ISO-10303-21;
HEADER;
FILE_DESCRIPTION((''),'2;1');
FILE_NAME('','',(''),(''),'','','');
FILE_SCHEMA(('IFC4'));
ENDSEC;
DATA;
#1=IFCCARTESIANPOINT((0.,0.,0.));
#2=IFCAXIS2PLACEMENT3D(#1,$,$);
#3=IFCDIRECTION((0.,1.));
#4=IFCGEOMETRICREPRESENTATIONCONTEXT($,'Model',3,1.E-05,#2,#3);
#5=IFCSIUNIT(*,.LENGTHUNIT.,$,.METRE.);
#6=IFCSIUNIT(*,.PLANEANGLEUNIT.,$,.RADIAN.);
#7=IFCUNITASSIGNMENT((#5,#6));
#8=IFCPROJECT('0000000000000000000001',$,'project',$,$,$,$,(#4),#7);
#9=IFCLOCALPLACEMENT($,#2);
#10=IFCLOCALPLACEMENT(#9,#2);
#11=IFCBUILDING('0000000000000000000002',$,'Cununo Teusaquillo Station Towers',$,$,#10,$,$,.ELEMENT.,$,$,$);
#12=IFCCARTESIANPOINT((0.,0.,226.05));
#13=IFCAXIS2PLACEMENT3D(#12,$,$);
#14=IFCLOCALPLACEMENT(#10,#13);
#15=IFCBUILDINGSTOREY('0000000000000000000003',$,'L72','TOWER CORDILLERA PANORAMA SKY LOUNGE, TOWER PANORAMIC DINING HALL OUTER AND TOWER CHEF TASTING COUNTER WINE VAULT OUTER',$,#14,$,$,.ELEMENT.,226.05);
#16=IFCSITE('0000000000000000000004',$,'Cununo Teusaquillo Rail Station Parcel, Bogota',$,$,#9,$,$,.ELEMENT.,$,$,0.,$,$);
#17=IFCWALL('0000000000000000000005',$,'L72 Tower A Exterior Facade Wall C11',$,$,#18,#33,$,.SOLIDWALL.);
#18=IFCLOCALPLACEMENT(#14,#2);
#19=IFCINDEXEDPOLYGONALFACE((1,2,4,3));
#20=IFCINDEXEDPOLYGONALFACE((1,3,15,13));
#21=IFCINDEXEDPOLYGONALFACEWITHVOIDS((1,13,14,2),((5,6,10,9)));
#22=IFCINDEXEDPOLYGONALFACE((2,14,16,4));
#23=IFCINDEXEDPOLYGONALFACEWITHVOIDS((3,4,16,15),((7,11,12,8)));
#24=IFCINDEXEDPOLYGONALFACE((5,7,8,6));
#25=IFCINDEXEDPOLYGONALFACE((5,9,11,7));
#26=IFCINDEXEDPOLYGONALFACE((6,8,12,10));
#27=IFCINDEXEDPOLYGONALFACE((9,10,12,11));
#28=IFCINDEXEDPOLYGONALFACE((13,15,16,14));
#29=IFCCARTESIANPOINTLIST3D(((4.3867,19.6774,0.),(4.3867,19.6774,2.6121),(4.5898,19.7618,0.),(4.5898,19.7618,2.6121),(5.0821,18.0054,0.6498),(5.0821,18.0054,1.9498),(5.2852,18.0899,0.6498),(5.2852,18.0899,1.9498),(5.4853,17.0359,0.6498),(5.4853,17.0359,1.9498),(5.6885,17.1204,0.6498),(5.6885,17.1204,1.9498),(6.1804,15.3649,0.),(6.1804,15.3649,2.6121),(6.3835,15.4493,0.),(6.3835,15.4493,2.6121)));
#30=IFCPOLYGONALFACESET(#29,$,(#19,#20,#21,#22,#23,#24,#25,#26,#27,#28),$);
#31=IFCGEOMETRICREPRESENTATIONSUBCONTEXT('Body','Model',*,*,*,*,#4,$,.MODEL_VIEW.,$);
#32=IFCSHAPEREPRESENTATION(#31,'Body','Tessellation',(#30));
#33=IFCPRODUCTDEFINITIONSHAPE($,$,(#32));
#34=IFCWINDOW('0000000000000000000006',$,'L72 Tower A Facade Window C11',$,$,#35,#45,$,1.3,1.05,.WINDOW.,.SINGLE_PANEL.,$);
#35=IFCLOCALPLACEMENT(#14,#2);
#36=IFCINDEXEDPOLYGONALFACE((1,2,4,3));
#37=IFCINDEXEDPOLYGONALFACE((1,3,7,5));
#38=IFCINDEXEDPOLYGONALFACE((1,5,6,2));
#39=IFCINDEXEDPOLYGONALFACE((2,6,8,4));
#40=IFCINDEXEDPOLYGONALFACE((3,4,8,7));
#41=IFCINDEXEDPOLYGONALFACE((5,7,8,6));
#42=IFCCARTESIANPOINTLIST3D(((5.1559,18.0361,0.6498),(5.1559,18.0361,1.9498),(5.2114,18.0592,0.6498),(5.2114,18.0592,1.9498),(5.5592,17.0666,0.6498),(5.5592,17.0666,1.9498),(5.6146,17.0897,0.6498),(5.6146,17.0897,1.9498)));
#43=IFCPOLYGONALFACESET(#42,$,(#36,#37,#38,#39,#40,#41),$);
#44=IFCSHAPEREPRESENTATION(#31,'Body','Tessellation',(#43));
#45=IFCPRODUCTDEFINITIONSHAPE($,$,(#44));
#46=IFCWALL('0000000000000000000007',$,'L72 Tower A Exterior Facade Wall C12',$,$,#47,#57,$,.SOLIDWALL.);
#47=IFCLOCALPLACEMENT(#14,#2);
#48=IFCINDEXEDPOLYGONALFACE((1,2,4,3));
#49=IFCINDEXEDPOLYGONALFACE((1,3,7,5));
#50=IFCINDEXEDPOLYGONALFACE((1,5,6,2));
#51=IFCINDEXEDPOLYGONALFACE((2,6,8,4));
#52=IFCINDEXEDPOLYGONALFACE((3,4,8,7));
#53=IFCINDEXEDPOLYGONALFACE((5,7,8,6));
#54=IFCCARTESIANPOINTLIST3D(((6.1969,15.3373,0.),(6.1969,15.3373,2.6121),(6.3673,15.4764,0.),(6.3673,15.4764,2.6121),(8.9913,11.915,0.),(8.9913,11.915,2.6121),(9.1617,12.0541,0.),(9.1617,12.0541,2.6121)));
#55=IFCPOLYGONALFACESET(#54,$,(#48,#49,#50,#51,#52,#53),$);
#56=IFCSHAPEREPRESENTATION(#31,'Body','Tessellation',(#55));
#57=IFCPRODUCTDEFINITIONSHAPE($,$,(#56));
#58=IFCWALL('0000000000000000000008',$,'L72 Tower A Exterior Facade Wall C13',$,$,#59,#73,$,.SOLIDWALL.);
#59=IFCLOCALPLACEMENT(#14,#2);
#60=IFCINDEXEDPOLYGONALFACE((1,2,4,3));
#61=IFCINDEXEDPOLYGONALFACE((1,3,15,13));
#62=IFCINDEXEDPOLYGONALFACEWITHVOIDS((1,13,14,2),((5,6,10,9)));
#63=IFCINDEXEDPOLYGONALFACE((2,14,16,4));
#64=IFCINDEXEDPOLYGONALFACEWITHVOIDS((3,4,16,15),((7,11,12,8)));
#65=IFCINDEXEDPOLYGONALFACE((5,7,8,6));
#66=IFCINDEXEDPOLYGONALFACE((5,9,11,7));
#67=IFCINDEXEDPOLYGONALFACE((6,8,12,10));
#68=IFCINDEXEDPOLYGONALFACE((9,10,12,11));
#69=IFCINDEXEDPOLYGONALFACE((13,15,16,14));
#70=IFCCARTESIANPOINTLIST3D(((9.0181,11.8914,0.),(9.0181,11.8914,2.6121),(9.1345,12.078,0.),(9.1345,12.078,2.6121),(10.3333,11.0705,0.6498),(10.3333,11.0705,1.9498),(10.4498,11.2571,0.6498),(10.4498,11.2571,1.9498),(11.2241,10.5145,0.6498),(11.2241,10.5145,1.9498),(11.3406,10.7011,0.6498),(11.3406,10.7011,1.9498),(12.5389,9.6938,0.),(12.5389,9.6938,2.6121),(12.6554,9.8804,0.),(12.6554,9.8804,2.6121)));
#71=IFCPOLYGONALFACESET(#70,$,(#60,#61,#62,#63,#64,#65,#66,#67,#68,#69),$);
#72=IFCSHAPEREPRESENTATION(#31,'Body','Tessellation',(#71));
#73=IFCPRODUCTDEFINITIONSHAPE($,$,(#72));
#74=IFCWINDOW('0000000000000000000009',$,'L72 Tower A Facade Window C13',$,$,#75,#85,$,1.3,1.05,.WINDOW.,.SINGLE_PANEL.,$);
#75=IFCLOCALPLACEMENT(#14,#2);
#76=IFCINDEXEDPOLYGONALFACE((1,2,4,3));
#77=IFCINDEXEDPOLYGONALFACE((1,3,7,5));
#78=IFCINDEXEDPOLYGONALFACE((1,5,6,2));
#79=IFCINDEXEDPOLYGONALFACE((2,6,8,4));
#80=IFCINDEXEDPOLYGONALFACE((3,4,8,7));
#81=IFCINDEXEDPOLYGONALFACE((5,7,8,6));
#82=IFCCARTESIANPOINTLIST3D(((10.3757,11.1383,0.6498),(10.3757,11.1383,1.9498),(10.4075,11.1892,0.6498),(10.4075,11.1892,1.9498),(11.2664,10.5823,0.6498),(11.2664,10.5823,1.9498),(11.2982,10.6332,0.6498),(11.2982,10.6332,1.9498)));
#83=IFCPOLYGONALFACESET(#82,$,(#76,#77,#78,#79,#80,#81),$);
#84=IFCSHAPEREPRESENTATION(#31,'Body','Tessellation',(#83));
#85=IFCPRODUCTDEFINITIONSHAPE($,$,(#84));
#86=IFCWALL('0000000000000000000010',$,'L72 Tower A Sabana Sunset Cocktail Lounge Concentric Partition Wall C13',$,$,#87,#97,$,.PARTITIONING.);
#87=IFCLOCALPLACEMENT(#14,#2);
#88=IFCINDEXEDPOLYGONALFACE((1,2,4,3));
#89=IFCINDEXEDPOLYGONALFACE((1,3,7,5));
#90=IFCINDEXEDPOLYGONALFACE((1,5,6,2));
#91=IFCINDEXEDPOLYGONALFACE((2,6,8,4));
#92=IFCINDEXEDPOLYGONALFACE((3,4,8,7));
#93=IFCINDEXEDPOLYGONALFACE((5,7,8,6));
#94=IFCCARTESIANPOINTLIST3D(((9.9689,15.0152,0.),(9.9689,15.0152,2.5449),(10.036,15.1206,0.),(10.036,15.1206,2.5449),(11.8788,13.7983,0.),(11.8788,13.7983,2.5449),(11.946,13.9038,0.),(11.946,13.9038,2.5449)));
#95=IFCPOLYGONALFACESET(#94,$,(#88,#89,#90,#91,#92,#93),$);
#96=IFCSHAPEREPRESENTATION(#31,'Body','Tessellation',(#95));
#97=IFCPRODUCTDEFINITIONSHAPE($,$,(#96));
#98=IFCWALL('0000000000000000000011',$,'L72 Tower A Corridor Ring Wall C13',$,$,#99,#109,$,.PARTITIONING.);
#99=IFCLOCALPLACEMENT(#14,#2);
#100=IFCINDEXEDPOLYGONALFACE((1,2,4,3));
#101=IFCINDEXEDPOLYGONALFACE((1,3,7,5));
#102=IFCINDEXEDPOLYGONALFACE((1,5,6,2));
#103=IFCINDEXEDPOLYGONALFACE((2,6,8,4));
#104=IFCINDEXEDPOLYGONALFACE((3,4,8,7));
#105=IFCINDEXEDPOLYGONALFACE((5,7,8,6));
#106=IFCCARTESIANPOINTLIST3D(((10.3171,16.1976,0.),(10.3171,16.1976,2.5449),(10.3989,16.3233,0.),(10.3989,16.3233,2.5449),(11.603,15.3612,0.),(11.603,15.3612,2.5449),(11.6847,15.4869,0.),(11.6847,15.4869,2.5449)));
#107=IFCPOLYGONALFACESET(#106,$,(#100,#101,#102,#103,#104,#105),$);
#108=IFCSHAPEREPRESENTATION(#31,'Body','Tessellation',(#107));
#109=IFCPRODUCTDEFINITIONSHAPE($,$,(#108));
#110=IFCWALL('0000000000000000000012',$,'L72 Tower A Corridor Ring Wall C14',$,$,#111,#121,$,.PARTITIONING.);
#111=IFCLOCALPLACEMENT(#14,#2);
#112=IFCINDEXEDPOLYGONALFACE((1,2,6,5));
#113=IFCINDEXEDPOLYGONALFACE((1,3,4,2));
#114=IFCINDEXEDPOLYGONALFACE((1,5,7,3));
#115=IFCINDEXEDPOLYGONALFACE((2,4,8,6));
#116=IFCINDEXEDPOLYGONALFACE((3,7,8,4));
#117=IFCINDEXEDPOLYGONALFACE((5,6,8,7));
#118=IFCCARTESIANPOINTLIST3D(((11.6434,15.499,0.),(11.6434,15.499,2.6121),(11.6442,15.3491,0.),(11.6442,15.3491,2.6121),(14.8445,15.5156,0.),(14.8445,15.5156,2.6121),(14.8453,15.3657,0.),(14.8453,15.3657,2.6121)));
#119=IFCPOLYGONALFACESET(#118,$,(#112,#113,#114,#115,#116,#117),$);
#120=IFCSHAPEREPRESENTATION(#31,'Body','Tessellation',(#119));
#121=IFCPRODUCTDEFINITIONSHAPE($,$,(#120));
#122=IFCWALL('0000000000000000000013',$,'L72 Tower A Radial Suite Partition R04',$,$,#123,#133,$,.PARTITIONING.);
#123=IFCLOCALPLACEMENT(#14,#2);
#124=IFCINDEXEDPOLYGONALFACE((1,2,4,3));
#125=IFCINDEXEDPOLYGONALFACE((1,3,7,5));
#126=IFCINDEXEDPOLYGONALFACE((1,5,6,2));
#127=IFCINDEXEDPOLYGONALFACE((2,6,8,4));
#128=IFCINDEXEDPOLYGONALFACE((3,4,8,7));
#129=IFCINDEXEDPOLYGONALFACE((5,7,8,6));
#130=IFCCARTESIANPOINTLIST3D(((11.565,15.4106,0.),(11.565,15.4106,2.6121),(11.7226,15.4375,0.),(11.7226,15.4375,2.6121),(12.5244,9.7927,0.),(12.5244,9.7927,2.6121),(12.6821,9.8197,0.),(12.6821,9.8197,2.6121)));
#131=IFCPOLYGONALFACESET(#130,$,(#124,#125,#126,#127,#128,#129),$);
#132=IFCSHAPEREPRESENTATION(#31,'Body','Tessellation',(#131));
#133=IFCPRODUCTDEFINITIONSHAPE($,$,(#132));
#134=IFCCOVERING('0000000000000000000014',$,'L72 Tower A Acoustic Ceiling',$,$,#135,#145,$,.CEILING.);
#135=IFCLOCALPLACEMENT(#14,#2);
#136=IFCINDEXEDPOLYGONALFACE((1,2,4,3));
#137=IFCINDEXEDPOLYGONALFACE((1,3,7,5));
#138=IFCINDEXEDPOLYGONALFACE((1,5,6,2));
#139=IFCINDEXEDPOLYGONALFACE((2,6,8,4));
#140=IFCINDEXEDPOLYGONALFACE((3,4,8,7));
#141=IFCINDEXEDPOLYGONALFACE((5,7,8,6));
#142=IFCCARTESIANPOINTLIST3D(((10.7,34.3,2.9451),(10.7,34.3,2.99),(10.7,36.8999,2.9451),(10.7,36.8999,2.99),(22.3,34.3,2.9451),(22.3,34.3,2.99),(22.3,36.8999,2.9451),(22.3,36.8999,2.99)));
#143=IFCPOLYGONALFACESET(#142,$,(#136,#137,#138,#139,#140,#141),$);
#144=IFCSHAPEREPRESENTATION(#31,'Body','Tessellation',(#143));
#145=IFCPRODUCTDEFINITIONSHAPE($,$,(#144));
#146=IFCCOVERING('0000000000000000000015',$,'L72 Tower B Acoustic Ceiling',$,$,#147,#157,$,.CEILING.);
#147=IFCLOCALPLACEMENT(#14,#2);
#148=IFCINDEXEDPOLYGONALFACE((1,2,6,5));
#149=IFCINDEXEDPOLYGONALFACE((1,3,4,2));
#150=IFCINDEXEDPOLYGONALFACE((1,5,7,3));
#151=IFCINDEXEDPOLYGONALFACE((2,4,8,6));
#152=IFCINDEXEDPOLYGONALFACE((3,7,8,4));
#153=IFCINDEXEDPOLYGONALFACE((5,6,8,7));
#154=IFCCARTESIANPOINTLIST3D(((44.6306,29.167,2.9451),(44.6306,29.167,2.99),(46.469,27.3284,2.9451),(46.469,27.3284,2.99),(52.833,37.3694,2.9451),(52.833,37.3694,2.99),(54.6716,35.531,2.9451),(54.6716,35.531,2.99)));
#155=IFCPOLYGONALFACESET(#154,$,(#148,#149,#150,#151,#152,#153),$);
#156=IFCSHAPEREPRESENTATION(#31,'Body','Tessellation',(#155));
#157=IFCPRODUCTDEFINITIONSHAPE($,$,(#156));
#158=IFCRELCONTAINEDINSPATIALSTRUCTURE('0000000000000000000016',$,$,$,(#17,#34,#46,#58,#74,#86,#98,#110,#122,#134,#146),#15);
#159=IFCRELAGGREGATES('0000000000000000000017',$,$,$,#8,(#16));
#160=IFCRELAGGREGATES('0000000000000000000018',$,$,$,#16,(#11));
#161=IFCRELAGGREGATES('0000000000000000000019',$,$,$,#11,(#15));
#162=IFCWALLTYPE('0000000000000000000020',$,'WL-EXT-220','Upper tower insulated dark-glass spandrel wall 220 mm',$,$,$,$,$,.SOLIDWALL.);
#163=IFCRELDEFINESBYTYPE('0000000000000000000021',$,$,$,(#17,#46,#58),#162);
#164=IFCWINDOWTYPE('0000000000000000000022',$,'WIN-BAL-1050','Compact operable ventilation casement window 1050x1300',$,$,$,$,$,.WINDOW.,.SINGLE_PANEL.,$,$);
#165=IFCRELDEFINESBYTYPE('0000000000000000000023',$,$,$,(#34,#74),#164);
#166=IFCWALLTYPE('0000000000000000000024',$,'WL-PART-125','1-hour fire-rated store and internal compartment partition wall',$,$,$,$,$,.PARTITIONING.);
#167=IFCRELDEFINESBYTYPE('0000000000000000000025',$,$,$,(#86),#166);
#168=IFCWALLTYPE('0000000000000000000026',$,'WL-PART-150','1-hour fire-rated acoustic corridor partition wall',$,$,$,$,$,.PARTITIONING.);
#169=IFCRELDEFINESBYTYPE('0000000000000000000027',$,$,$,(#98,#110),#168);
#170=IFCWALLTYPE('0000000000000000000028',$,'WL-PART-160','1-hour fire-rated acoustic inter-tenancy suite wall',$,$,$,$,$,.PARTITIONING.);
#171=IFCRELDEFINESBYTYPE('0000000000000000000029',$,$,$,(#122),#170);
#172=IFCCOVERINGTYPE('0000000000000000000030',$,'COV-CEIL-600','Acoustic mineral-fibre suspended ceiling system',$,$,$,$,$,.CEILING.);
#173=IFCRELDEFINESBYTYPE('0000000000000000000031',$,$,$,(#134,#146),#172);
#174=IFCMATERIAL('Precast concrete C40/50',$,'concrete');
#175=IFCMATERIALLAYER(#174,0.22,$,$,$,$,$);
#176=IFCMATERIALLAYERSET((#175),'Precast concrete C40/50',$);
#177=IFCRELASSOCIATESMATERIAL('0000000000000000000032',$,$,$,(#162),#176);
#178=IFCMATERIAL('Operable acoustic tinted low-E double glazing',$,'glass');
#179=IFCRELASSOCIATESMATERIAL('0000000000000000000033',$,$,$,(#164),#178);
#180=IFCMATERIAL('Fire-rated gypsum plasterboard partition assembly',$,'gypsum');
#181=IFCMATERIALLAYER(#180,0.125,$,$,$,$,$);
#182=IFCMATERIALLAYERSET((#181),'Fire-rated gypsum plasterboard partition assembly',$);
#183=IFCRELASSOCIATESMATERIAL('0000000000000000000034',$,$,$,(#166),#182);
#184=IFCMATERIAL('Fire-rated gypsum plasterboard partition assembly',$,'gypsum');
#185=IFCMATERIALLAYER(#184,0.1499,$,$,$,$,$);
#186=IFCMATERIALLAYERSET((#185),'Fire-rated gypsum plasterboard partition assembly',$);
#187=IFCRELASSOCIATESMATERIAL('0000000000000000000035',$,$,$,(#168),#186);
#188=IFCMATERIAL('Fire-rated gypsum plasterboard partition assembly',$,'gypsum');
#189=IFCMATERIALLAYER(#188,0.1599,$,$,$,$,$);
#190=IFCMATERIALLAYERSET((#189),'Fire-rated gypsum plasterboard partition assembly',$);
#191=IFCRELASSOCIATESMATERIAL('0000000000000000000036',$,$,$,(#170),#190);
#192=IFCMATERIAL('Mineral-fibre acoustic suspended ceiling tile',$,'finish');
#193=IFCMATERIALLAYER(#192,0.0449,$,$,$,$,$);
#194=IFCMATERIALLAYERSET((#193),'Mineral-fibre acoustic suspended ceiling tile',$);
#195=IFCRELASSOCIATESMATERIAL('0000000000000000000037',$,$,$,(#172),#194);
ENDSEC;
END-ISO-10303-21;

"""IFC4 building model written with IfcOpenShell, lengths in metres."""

from ifc_helpers import new_model, si_unit, direction, frame, frame_2d, origin, place, context, subcontext, project, spatial, polyline, rectangle, outline, extrude, source, transform, mapped, material, layer, layer_set, type_object, element, fill, save


model = new_model("IFC4")

# Units and contexts
model_context = context("Model", 3, precision=1e-05, world=origin(), true_north=direction((0.0, 1.0)))
body_context = subcontext(model_context, "Body", "Model", "MODEL_VIEW")
ifc_project = project(units=[si_unit("LENGTHUNIT", "METRE"), si_unit("PLANEANGLEUNIT", "RADIAN")], contexts=[model_context])

# Site, building, storey
site_placement = place(None, origin())
site = spatial("IfcSite", under=ifc_project, at=site_placement, Name="Cununo Teusaquillo Rail Station Parcel, Bogota", CompositionType="ELEMENT", RefElevation=0.0)
building_placement = place(site_placement, origin())
building = spatial("IfcBuilding", under=site, at=building_placement, Name="Cununo Teusaquillo Station Towers", CompositionType="ELEMENT")
storey_placement = place(building_placement, frame((0.0, 0.0, 226.05)))
storey = spatial("IfcBuildingStorey", under=building, at=storey_placement, Name="L72", Description="TOWER CORDILLERA PANORAMA SKY LOUNGE, TOWER PANORAMIC DINING HALL OUTER AND TOWER CHEF TASTING COUNTER WINE VAULT OUTER", CompositionType="ELEMENT", Elevation=226.05)

# Wall, opening, window
ifc_material_1 = material(Name="Precast concrete C40/50", Category="concrete")
ifc_layer_1 = layer(ifc_material_1, 0.22)
ifc_layer_set_1 = layer_set([ifc_layer_1], Name="Precast concrete C40/50")
wall_type_1 = type_object("IfcWallType", Name="WL-EXT-220", Description="Upper tower insulated dark-glass spandrel wall 220 mm", PredefinedType="SOLIDWALL", material=ifc_layer_set_1)
wall_1_placement = place(storey_placement, frame((6.282, 15.407, 0.0), z_axis=(0.0, 0.0, 1.0), x_axis=(-0.384036, 0.923318, 0.0)))
wall_1 = element("IfcWall", 1, at=wall_1_placement, inside=storey, type_object=wall_type_1, Name="L72 Tower A Exterior Facade Wall C11", PredefinedType="SOLIDWALL", context=body_context, shape_type="SweptSolid", body=[
    extrude(rectangle(XDim=4.6707, YDim=0.22, at=frame_2d((2.3354, 0.0))), origin(), (0.0, 0.0, 1.0), 2.6121),
])
shared_shape_1 = source(origin(), body_context, "Body", "SweptSolid", [
    extrude(rectangle(XDim=1.05, YDim=1.3, at=frame_2d((0.5249, 0.6499))), frame((0.0, 0.1199, 0.0), z_axis=(0.0, -1.0, 0.0), x_axis=(1.0, 0.0, 0.0)), (0.0, 0.0, 1.0), 0.24),
])
opening_1_placement = place(wall_1_placement, frame((1.8101, 0.0, 0.6499)))
opening_1 = element("IfcOpeningElement", 2, at=opening_1_placement, cuts=wall_1, PredefinedType="OPENING", context=body_context, shape_type="MappedRepresentation", body=[
    mapped(shared_shape_1, transform((0.0, 0.0, 0.0), x_axis=(1.0, 0.0, 0.0), y_axis=(0.0, 1.0, 0.0), z_axis=(0.0, 0.0, 1.0), scale=1.0)),
])
ifc_material_2 = material(Name="Operable acoustic tinted low-E double glazing", Category="glass")
window_type = type_object("IfcWindowType", Name="WIN-BAL-1050", Description="Compact operable ventilation casement window 1050x1300", PartitioningType="SINGLE_PANEL", PredefinedType="WINDOW", material=ifc_material_2)
shared_shape_2 = source(origin(), body_context, "Body", "SweptSolid", [
    extrude(rectangle(XDim=1.05, YDim=1.3, at=frame_2d((0.5249, 0.6499))), frame((0.0, 0.03, 0.0), z_axis=(0.0, -1.0, 0.0), x_axis=(1.0, 0.0, 0.0)), (0.0, 0.0, 1.0), 0.0601),
])
window_1_placement = place(opening_1_placement, origin())
window_1 = element("IfcWindow", 3, at=window_1_placement, inside=storey, type_object=window_type, Name="L72 Tower A Facade Window C11", OverallHeight=1.3, OverallWidth=1.05, PartitioningType="SINGLE_PANEL", PredefinedType="WINDOW", context=body_context, shape_type="MappedRepresentation", body=[
    mapped(shared_shape_2, transform((0.0, 0.0, 0.0), x_axis=(1.0, 0.0, 0.0), y_axis=(0.0, 1.0, 0.0), z_axis=(0.0, 0.0, 1.0), scale=1.0)),
])
fill(opening_1, window_1)

# Wall
wall_2_placement = place(storey_placement, frame((9.0764, 11.9846, 0.0), z_axis=(0.0, 0.0, 1.0), x_axis=(-0.632467, 0.774587, 0.0)))
element("IfcWall", 4, at=wall_2_placement, inside=storey, type_object=wall_type_1, Name="L72 Tower A Exterior Facade Wall C12", PredefinedType="SOLIDWALL", context=body_context, shape_type="SweptSolid", body=[
    extrude(rectangle(XDim=4.4182, YDim=0.22, at=frame_2d((2.209, 0.0))), origin(), (0.0, 0.0, 1.0), 2.6121),
])

# Wall, opening, window
wall_3_placement = place(storey_placement, frame((12.5972, 9.7871, 0.0), z_axis=(0.0, 0.0, 1.0), x_axis=(-0.848319, 0.529486, 0.0)))
wall_3 = element("IfcWall", 5, at=wall_3_placement, inside=storey, type_object=wall_type_1, Name="L72 Tower A Exterior Facade Wall C13", PredefinedType="SOLIDWALL", context=body_context, shape_type="SweptSolid", body=[
    extrude(rectangle(XDim=4.1504, YDim=0.22, at=frame_2d((2.0752, 0.0))), origin(), (0.0, 0.0, 1.0), 2.6121),
])
opening_2_placement = place(wall_3_placement, frame((1.55, 0.0, 0.6499)))
opening_2 = element("IfcOpeningElement", 6, at=opening_2_placement, cuts=wall_3, PredefinedType="OPENING", context=body_context, shape_type="MappedRepresentation", body=[
    mapped(shared_shape_1, transform((0.0, 0.0, 0.0), x_axis=(1.0, 0.0, 0.0), y_axis=(0.0, 1.0, 0.0), z_axis=(0.0, 0.0, 1.0), scale=1.0)),
])
window_2_placement = place(opening_2_placement, origin())
window_2 = element("IfcWindow", 7, at=window_2_placement, inside=storey, type_object=window_type, Name="L72 Tower A Facade Window C13", OverallHeight=1.3, OverallWidth=1.05, PartitioningType="SINGLE_PANEL", PredefinedType="WINDOW", context=body_context, shape_type="MappedRepresentation", body=[
    mapped(shared_shape_2, transform((0.0, 0.0, 0.0), x_axis=(1.0, 0.0, 0.0), y_axis=(0.0, 1.0, 0.0), z_axis=(0.0, 0.0, 1.0), scale=1.0)),
])
fill(opening_2, window_2)

# Walls
ifc_material_3 = material(Name="Fire-rated gypsum plasterboard partition assembly", Category="gypsum")
ifc_layer_2 = layer(ifc_material_3, 0.125)
ifc_layer_set_2 = layer_set([ifc_layer_2], Name="Fire-rated gypsum plasterboard partition assembly")
wall_type_2 = type_object("IfcWallType", Name="WL-PART-125", Description="1-hour fire-rated store and internal compartment partition wall", PredefinedType="PARTITIONING", material=ifc_layer_set_2)
wall_4_placement = place(storey_placement, frame((10.0024, 15.0679, 0.0), z_axis=(0.0, 0.0, 1.0), x_axis=(0.843382, -0.537315, 0.0)))
element("IfcWall", 8, at=wall_4_placement, inside=storey, type_object=wall_type_2, Name="L72 Tower A Sabana Sunset Cocktail Lounge Concentric Partition Wall C13", PredefinedType="PARTITIONING", context=body_context, shape_type="SweptSolid", body=[
    extrude(rectangle(XDim=2.2646, YDim=0.125, at=frame_2d((1.1323, 0.0))), origin(), (0.0, 0.0, 1.0), 2.5449),
])
ifc_material_4 = material(Name="Fire-rated gypsum plasterboard partition assembly", Category="gypsum")
ifc_layer_3 = layer(ifc_material_4, 0.1499)
ifc_layer_set_3 = layer_set([ifc_layer_3], Name="Fire-rated gypsum plasterboard partition assembly")
wall_type_3 = type_object("IfcWallType", Name="WL-PART-150", Description="1-hour fire-rated acoustic corridor partition wall", PredefinedType="PARTITIONING", material=ifc_layer_set_3)
wall_5_placement = place(storey_placement, frame((10.3579, 16.2605, 0.0), z_axis=(0.0, 0.0, 1.0), x_axis=(0.838265, -0.545262, 0.0)))
element("IfcWall", 9, at=wall_5_placement, inside=storey, type_object=wall_type_3, Name="L72 Tower A Corridor Ring Wall C13", PredefinedType="PARTITIONING", context=body_context, shape_type="SweptSolid", body=[
    extrude(rectangle(XDim=1.5339, YDim=0.1499, at=frame_2d((0.7671, 0.0))), origin(), (0.0, 0.0, 1.0), 2.5449),
])
wall_6_placement = place(storey_placement, frame((11.6438, 15.4241, 0.0), z_axis=(0.0, 0.0, 1.0), x_axis=(0.999987, 0.005186, 0.0)))
element("IfcWall", 10, at=wall_6_placement, inside=storey, type_object=wall_type_3, Name="L72 Tower A Corridor Ring Wall C14", PredefinedType="PARTITIONING", context=body_context, shape_type="SweptSolid", body=[
    extrude(rectangle(XDim=3.2012, YDim=0.1499, at=frame_2d((1.6006, 0.0))), origin(), (0.0, 0.0, 1.0), 2.6121),
])
ifc_material_5 = material(Name="Fire-rated gypsum plasterboard partition assembly", Category="gypsum")
ifc_layer_4 = layer(ifc_material_5, 0.1599)
ifc_layer_set_4 = layer_set([ifc_layer_4], Name="Fire-rated gypsum plasterboard partition assembly")
wall_type_4 = type_object("IfcWallType", Name="WL-PART-160", Description="1-hour fire-rated acoustic inter-tenancy suite wall", PredefinedType="PARTITIONING", material=ifc_layer_set_4)
wall_7_placement = place(storey_placement, frame((11.6438, 15.4241, 0.0), z_axis=(0.0, 0.0, 1.0), x_axis=(0.16835, -0.985727, 0.0)))
element("IfcWall", 11, at=wall_7_placement, inside=storey, type_object=wall_type_4, Name="L72 Tower A Radial Suite Partition R04", PredefinedType="PARTITIONING", context=body_context, shape_type="SweptSolid", body=[
    extrude(rectangle(XDim=5.6992, YDim=0.1599, at=frame_2d((2.8496, 0.0))), origin(), (0.0, 0.0, 1.0), 2.6121),
])

# Coverings
ifc_material_6 = material(Name="Mineral-fibre acoustic suspended ceiling tile", Category="finish")
ifc_layer_5 = layer(ifc_material_6, 0.0449)
ifc_layer_set_5 = layer_set([ifc_layer_5], Name="Mineral-fibre acoustic suspended ceiling tile")
covering_type = type_object("IfcCoveringType", Name="COV-CEIL-600", Description="Acoustic mineral-fibre suspended ceiling system", PredefinedType="CEILING", material=ifc_layer_set_5)
covering_1_placement = place(storey_placement, frame((0.0, 0.0, 2.9451)))
element("IfcCovering", 12, at=covering_1_placement, inside=storey, type_object=covering_type, Name="L72 Tower A Acoustic Ceiling", PredefinedType="CEILING", context=body_context, shape_type="SweptSolid", body=[
    extrude(outline(polyline([(22.3, 36.8999), (22.3, 34.3), (10.7, 34.3), (10.7, 36.8999), (22.3, 36.8999)])), origin(), (0.0, 0.0, 1.0), 0.0449),
])
covering_2_placement = place(storey_placement, frame((0.0, 0.0, 2.9451)))
element("IfcCovering", 13, at=covering_2_placement, inside=storey, type_object=covering_type, Name="L72 Tower B Acoustic Ceiling", PredefinedType="CEILING", context=body_context, shape_type="SweptSolid", body=[
    extrude(outline(polyline([(52.833, 37.3694), (54.6716, 35.531), (46.469, 27.3284), (44.6306, 29.167), (52.833, 37.3694)])), origin(), (0.0, 0.0, 1.0), 0.0449),
])

save(model, "model.ifc")
